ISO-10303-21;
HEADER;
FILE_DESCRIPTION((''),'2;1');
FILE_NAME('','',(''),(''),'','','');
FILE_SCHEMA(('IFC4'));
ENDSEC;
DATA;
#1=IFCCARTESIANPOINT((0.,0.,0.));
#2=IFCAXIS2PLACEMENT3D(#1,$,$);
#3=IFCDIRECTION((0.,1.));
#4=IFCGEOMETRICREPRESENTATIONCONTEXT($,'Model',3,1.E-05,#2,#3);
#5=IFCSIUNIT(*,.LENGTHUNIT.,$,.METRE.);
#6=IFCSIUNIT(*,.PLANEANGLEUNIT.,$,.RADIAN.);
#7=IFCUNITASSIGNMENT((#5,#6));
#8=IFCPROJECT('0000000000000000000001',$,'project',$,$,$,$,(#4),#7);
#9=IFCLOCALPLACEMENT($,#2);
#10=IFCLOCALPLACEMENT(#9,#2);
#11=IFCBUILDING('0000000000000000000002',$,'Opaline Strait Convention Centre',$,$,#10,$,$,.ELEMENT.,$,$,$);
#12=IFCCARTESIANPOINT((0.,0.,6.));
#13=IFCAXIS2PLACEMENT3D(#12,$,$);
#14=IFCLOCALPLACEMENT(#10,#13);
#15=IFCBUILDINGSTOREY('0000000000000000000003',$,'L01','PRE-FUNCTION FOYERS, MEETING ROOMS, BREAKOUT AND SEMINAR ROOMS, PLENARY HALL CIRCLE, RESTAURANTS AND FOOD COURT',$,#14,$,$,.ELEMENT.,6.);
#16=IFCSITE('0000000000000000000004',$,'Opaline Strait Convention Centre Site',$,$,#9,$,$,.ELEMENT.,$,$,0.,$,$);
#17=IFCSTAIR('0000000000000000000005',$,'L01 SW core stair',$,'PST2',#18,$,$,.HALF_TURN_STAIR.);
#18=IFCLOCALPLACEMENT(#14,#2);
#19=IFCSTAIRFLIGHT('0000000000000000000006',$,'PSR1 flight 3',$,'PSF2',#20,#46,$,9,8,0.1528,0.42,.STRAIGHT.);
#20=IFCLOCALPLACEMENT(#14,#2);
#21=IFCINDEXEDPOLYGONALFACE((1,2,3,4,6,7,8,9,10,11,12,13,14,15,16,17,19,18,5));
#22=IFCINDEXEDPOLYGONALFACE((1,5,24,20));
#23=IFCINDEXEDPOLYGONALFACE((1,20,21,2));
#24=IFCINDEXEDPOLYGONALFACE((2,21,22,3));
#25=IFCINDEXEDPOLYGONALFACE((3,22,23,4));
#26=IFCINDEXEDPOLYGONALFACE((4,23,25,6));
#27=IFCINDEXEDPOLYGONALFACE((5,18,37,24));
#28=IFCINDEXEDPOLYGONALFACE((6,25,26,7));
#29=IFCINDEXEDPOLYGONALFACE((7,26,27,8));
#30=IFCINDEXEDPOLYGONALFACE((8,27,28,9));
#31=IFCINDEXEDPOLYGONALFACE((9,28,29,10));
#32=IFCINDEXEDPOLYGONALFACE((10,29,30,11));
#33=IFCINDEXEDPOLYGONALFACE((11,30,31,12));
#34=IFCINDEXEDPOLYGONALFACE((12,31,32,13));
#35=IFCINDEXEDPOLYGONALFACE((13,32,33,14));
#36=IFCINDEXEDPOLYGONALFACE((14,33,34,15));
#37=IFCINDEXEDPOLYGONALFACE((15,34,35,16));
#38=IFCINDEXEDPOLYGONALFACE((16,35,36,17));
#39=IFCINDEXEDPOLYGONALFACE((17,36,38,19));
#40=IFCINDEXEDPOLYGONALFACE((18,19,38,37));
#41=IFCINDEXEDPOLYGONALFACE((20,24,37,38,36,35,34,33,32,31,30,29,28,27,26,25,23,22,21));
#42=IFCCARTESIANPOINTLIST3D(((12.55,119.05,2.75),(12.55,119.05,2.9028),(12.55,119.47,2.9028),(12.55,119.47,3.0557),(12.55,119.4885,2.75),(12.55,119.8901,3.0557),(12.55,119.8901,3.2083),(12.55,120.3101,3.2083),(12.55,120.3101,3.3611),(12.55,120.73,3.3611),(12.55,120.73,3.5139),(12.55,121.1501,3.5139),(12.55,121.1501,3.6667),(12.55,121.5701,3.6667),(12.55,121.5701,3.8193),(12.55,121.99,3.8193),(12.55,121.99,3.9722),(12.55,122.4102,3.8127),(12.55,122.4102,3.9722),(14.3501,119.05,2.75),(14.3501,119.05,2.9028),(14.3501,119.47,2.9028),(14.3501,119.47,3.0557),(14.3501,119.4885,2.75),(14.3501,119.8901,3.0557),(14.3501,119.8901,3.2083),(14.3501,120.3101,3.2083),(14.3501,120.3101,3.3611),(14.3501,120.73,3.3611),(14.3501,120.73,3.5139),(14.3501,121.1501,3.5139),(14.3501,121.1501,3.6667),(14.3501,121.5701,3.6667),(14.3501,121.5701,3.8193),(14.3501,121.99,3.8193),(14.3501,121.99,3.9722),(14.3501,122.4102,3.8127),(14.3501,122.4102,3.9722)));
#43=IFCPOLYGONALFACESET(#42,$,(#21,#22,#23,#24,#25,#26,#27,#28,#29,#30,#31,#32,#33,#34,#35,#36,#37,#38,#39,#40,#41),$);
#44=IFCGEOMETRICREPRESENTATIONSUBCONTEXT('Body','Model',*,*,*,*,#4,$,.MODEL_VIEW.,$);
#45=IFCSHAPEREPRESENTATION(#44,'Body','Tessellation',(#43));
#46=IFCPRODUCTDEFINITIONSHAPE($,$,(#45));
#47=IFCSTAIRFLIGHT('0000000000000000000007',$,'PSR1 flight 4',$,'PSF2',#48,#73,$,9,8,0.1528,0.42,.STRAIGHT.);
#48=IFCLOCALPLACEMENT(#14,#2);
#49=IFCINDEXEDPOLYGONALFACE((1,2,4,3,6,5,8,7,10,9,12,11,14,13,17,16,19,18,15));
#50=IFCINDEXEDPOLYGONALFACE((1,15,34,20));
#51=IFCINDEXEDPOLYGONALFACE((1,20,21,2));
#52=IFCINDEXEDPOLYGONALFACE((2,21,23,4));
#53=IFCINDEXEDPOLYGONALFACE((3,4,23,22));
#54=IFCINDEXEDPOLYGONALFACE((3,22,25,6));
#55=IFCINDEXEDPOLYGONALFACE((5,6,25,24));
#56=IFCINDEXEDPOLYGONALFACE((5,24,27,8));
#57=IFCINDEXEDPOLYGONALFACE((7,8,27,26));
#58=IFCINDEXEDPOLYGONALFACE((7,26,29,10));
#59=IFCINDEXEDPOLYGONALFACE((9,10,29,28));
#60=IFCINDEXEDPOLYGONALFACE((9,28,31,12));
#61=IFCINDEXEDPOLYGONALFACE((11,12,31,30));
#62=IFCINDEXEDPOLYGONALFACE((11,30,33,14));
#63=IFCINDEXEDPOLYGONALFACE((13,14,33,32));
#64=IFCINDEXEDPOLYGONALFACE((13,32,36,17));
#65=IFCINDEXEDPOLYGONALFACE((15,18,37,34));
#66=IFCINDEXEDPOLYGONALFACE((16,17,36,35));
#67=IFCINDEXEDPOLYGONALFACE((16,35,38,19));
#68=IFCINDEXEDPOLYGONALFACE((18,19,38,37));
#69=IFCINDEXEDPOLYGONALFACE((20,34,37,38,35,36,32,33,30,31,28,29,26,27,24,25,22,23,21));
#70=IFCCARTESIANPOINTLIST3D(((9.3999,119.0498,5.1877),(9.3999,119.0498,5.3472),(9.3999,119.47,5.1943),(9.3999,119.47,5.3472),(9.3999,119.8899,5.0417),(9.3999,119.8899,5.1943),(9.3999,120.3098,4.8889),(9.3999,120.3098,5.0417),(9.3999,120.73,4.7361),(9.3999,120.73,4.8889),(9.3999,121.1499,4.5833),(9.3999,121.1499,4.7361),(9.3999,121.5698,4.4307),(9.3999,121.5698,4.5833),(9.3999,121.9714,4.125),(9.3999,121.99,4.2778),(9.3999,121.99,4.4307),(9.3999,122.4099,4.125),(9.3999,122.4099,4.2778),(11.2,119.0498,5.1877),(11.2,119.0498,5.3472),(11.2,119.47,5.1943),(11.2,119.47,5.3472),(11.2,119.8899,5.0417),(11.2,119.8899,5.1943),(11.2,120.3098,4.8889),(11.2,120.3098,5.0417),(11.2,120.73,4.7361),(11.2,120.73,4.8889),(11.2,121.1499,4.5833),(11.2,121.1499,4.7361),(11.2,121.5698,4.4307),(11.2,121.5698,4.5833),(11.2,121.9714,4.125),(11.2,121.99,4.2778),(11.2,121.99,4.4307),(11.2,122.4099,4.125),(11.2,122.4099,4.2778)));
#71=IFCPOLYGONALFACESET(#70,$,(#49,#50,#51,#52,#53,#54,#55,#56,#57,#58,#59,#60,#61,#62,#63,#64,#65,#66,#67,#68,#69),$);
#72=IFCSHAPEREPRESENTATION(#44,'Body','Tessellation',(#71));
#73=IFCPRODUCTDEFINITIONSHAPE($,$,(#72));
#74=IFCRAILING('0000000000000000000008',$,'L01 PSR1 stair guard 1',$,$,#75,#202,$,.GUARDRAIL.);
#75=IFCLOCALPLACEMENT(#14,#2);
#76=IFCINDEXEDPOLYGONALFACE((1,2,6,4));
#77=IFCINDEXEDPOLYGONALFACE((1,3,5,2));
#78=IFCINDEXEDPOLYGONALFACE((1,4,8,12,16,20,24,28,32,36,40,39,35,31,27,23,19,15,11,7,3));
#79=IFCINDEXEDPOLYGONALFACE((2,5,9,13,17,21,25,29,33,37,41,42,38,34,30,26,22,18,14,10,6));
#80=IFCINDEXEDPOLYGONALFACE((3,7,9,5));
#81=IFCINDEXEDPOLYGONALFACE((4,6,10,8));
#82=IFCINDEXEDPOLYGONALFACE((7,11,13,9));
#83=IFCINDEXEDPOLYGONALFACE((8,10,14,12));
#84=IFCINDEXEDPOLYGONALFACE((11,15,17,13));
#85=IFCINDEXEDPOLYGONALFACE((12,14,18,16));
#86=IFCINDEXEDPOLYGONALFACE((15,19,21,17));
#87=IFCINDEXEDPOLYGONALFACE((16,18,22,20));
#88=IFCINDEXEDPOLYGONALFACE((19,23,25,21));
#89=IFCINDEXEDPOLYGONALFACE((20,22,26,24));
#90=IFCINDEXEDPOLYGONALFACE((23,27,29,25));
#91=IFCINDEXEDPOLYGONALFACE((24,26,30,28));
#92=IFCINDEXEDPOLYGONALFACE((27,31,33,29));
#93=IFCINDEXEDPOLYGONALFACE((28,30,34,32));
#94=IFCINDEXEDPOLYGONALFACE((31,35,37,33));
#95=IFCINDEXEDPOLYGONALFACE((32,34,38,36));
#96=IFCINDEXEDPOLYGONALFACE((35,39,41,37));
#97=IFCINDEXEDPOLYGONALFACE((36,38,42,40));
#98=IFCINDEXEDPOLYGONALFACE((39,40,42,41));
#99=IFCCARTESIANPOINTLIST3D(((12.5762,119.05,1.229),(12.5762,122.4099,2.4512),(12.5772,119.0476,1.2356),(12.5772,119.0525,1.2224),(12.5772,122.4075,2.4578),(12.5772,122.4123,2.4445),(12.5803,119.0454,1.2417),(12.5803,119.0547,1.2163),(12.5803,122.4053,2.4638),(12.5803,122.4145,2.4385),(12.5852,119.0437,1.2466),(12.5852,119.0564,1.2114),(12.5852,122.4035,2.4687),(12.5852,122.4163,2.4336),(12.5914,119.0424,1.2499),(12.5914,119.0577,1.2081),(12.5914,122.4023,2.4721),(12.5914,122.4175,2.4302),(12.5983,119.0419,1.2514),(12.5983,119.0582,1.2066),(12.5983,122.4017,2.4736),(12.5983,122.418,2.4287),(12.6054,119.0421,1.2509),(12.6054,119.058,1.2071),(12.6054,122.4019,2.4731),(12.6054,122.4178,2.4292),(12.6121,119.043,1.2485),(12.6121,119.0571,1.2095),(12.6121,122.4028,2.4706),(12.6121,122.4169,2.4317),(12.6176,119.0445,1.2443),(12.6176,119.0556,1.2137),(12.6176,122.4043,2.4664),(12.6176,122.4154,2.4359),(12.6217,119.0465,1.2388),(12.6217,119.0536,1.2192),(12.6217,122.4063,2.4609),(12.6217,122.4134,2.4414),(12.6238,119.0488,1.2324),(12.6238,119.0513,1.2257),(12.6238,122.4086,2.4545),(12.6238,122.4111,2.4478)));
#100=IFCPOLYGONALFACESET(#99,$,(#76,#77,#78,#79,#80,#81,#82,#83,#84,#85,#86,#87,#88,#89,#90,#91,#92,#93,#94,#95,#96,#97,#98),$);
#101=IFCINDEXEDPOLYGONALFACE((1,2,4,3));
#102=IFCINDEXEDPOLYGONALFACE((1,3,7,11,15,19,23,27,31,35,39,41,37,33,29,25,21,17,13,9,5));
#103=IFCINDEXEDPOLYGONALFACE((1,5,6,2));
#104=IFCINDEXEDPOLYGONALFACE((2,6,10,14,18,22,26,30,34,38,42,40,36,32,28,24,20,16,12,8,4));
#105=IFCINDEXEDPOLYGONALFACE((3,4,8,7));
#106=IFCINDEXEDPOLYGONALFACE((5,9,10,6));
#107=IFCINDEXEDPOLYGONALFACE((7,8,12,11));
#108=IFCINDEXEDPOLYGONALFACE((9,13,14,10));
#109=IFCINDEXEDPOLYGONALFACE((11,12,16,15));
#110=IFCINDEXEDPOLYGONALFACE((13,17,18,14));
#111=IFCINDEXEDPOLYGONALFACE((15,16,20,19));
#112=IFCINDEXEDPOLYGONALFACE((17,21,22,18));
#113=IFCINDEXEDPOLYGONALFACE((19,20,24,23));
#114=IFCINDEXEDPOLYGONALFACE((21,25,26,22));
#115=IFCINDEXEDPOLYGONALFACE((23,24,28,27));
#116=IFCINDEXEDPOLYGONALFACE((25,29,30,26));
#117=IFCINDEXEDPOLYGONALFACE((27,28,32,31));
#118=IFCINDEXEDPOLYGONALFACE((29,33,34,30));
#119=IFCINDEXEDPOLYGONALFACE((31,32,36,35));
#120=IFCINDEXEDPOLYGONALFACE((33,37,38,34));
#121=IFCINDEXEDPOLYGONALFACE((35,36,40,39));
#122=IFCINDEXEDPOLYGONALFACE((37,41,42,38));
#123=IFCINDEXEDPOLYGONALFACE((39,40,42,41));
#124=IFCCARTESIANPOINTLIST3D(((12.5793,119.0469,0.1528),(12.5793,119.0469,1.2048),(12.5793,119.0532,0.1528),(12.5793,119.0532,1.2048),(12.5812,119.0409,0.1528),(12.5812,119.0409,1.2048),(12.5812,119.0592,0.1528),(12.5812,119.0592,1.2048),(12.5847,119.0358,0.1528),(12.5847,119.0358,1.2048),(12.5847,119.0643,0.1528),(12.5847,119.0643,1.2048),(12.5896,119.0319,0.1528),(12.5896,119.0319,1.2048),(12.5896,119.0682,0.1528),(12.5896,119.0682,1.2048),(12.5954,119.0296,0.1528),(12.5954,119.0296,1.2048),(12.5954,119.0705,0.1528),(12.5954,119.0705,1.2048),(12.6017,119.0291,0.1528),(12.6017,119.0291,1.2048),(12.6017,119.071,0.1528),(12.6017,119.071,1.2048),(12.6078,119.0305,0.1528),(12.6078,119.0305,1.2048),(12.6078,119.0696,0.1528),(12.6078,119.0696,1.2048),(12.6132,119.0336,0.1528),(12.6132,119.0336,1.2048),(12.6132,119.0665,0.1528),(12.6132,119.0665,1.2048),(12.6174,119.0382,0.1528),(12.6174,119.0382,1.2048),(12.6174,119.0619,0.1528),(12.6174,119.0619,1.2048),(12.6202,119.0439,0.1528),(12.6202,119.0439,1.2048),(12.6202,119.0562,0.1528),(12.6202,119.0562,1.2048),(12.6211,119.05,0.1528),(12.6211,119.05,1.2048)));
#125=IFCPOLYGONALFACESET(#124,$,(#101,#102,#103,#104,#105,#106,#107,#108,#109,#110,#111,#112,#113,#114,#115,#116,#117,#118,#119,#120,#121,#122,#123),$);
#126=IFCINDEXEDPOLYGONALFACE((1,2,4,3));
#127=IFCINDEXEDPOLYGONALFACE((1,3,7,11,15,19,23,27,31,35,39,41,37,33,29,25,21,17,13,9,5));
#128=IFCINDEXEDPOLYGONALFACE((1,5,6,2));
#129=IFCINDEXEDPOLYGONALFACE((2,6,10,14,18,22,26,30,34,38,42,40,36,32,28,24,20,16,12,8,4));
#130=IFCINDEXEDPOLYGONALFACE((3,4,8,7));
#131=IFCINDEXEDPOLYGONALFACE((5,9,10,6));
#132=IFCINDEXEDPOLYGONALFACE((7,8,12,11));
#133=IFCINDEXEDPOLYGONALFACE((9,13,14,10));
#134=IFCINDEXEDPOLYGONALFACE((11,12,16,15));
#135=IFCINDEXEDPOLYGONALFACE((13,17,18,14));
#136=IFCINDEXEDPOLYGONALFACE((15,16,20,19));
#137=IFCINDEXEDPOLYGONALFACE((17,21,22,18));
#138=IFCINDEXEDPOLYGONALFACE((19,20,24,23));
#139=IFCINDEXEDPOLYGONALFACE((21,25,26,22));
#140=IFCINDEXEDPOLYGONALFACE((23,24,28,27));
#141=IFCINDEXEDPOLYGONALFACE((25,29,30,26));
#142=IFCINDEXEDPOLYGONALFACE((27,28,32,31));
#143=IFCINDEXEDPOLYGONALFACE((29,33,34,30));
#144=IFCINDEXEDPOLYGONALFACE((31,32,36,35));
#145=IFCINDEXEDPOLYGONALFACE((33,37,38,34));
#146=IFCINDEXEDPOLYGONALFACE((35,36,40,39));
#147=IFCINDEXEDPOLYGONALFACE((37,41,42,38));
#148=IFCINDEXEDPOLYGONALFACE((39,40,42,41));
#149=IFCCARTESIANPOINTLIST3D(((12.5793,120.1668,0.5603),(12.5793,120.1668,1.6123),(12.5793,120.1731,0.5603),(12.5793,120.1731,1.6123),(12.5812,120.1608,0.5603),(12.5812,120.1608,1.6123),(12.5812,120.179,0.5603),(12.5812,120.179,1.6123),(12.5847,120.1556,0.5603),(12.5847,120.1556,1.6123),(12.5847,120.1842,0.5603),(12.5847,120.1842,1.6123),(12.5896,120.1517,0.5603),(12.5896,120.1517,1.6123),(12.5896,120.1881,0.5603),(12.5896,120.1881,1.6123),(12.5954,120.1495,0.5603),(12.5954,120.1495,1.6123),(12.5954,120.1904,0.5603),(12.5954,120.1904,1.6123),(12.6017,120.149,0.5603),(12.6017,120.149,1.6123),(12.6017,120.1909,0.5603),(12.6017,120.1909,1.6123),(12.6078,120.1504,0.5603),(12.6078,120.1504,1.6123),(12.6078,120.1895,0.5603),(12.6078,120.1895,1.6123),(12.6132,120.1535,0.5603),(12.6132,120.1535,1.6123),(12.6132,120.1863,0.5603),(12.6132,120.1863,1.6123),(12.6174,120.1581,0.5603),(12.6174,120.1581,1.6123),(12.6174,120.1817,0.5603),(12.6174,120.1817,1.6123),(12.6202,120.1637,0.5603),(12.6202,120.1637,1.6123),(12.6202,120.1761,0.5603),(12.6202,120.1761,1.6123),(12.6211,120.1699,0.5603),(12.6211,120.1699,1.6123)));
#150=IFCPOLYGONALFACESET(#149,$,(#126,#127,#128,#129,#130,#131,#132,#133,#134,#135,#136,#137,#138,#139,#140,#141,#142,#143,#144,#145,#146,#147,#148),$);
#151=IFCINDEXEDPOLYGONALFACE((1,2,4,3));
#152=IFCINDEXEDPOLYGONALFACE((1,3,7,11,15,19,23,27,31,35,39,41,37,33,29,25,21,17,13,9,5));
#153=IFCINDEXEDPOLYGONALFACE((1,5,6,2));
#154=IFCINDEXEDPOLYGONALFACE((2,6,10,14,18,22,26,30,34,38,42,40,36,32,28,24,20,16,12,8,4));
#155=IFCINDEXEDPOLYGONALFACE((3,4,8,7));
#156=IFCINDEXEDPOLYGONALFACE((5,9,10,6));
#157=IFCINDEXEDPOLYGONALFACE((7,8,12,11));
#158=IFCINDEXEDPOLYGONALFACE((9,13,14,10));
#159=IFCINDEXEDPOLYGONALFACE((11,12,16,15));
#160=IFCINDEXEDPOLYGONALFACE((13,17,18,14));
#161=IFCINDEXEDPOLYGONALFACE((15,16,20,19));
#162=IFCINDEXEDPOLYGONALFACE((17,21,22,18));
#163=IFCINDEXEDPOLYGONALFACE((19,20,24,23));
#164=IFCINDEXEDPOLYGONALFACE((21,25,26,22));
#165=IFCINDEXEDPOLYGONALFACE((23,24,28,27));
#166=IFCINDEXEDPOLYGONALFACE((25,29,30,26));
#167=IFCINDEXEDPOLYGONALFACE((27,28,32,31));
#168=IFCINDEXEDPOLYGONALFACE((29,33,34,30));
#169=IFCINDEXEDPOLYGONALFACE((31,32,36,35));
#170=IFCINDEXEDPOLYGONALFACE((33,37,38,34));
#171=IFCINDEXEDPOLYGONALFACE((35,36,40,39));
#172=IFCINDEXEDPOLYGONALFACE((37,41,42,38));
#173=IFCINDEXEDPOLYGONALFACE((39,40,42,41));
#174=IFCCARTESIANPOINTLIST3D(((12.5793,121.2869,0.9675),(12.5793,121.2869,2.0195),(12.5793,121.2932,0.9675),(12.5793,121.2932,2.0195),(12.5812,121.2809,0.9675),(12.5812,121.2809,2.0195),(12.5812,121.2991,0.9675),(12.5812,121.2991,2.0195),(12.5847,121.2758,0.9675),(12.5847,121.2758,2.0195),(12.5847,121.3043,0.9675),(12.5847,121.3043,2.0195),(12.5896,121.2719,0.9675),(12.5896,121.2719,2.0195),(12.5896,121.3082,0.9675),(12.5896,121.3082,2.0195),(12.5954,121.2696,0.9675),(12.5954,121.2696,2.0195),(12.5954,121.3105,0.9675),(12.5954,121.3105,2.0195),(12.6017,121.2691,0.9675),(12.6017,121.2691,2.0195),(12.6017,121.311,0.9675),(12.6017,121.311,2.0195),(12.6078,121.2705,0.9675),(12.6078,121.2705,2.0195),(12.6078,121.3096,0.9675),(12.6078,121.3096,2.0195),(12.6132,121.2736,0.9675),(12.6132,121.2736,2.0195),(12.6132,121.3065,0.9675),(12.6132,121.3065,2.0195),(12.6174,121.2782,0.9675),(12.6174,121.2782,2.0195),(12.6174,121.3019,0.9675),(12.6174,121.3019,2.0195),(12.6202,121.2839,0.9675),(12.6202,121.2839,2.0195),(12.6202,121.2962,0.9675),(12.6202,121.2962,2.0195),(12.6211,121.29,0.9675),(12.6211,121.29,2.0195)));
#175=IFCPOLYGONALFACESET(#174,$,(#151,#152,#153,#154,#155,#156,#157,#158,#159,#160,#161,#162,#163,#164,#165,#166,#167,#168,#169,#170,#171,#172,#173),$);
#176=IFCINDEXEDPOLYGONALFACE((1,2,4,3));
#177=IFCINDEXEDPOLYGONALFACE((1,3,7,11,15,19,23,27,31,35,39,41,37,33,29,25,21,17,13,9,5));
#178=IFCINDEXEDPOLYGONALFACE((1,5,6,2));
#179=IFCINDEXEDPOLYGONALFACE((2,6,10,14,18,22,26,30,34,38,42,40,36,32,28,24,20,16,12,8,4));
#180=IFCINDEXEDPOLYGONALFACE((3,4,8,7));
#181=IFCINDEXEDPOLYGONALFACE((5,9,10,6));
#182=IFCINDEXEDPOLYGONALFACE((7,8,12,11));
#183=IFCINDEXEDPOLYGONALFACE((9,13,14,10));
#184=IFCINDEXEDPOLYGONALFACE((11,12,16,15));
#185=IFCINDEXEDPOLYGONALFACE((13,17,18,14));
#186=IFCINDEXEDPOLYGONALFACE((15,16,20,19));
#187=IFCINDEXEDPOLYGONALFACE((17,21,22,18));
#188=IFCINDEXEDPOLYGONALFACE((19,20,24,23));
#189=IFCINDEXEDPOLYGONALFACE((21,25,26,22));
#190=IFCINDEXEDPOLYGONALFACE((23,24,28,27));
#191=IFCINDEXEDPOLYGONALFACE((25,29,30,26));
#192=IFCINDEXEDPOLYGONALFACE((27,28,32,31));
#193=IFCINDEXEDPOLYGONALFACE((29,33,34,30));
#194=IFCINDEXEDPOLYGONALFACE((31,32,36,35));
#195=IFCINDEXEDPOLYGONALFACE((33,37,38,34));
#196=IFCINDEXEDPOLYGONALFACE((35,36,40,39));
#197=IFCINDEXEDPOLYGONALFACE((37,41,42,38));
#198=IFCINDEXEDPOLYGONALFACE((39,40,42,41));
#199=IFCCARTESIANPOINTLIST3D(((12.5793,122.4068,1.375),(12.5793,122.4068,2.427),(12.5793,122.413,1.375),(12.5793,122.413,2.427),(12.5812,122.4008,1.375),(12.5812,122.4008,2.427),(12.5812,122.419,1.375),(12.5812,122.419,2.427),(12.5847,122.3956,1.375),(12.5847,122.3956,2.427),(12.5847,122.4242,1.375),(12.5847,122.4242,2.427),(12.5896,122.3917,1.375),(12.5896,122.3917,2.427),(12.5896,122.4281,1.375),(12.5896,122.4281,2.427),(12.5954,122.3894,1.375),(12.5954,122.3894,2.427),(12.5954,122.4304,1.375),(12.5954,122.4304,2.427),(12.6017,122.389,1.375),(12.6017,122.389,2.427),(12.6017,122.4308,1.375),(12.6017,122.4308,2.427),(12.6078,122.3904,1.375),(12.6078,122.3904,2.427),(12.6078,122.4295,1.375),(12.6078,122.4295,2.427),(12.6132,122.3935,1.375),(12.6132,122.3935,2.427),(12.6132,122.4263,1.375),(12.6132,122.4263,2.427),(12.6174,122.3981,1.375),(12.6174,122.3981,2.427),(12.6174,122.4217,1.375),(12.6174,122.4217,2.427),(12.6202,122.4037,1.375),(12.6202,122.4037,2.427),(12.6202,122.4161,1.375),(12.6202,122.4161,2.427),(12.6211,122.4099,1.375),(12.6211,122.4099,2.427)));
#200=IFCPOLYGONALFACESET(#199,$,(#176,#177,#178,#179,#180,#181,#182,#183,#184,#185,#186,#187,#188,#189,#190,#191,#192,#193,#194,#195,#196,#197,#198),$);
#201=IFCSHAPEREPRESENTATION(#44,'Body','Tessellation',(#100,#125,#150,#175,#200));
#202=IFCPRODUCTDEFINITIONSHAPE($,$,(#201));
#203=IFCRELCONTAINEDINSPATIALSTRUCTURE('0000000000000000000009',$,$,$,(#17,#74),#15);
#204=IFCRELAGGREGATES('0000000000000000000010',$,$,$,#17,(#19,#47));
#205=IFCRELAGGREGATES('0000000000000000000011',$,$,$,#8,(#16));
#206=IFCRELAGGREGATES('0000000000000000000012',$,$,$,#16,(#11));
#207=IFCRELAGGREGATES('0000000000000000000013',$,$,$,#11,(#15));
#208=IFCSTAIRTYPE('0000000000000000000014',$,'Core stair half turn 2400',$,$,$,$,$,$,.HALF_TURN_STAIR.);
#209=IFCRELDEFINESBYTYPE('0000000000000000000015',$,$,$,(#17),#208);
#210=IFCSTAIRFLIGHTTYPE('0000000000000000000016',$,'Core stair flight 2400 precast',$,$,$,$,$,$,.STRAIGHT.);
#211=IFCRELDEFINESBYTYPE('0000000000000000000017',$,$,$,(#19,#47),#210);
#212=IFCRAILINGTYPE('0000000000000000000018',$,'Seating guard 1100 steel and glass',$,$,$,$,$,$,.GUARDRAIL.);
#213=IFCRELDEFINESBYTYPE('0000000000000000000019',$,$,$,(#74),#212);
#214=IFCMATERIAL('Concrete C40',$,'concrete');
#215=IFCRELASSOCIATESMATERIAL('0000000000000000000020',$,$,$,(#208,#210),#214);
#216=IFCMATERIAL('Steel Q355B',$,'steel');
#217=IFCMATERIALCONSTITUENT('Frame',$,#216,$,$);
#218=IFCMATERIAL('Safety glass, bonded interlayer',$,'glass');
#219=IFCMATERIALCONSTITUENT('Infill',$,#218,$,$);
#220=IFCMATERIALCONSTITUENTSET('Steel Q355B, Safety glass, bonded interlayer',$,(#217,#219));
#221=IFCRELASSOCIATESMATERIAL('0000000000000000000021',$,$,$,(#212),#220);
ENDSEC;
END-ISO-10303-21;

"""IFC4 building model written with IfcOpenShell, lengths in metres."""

from ifc_helpers import new_model, si_unit, direction, frame, origin, origin_2d, place, context, subcontext, project, spatial, polyline, circle, outline, extrude, material, constituent, constituent_set, type_object, element, aggregate, save


model = new_model("IFC4")

# Units and contexts
model_context = context("Model", 3, precision=1e-05, world=origin(), true_north=direction((0.0, 1.0)))
body_context = subcontext(model_context, "Body", "Model", "MODEL_VIEW")
ifc_project = project(units=[si_unit("LENGTHUNIT", "METRE"), si_unit("PLANEANGLEUNIT", "RADIAN")], contexts=[model_context])

# Site, building, storey
site_placement = place(None, origin())
site = spatial("IfcSite", under=ifc_project, at=site_placement, Name="Opaline Strait Convention Centre Site", CompositionType="ELEMENT", RefElevation=0.0)
building_placement = place(site_placement, origin())
building = spatial("IfcBuilding", under=site, at=building_placement, Name="Opaline Strait Convention Centre", CompositionType="ELEMENT")
storey_placement = place(building_placement, frame((0.0, 0.0, 6.0)))
storey = spatial("IfcBuildingStorey", under=building, at=storey_placement, Name="L01", Description="PRE-FUNCTION FOYERS, MEETING ROOMS, BREAKOUT AND SEMINAR ROOMS, PLENARY HALL CIRCLE, RESTAURANTS AND FOOD COURT", CompositionType="ELEMENT", Elevation=6.0)

# Shared definitions
ifc_material_1 = material(Name="Concrete C40", Category="concrete")

# Stair, stair flights
stair_type = type_object("IfcStairType", Name="Core stair half turn 2400", PredefinedType="HALF_TURN_STAIR", material=ifc_material_1)
stair_placement = place(storey_placement, origin())
stair = element("IfcStair", 1, at=stair_placement, inside=storey, type_object=stair_type, Name="L01 SW core stair", ObjectType="PST2", PredefinedType="HALF_TURN_STAIR")
stair_flight_type = type_object("IfcStairFlightType", Name="Core stair flight 2400 precast", PredefinedType="STRAIGHT", material=ifc_material_1)
stair_flight_1_placement = place(storey_placement, frame((13.45, 119.05, 2.75), z_axis=(0.0, 0.0, 1.0), x_axis=(0.0, 1.0, 0.0)))
stair_flight_1 = element("IfcStairFlight", 2, at=stair_flight_1_placement, type_object=stair_flight_type, Name="PSR1 flight 3", ObjectType="PSF2", NumberOfRisers=9, NumberOfTreads=8, PredefinedType="STRAIGHT", RiserHeight=0.1528, TreadLength=0.42, context=body_context, shape_type="SweptSolid", body=[
    extrude(outline(polyline([(0.0, 0.0), (0.0, 0.1528), (0.4199, 0.1528), (0.4199, 0.3057), (0.8401, 0.3057), (0.8401, 0.4583), (1.26, 0.4583), (1.26, 0.6111), (1.6799, 0.6111), (1.6799, 0.7639), (2.1001, 0.7639), (2.1001, 0.9167), (2.52, 0.9167), (2.52, 1.0693), (2.9399, 1.0693), (2.9399, 1.2222), (3.3601, 1.2222), (3.3601, 1.375), (3.3601, 1.0627), (0.4385, 0.0), (0.0, 0.0)])), frame((0.0, 0.8999, 0.0), z_axis=(0.0, -1.0, 0.0), x_axis=(1.0, 0.0, 0.0)), (0.0, 0.0, 1.0), 1.8),
])
stair_flight_2_placement = place(storey_placement, frame((10.3, 122.4099, 4.125), z_axis=(0.0, 0.0, 1.0), x_axis=(0.0, -1.0, 0.0)))
stair_flight_2 = element("IfcStairFlight", 3, at=stair_flight_2_placement, type_object=stair_flight_type, Name="PSR1 flight 4", ObjectType="PSF2", NumberOfRisers=9, NumberOfTreads=8, PredefinedType="STRAIGHT", RiserHeight=0.1528, TreadLength=0.42, context=body_context, shape_type="SweptSolid", body=[
    extrude(outline(polyline([(0.0, 0.0), (0.0, 0.1528), (0.4199, 0.1528), (0.4199, 0.3057), (0.8401, 0.3057), (0.8401, 0.4583), (1.26, 0.4583), (1.26, 0.6111), (1.6799, 0.6111), (1.6799, 0.7639), (2.1001, 0.7639), (2.1001, 0.9167), (2.52, 0.9167), (2.52, 1.0693), (2.9399, 1.0693), (2.9399, 1.2222), (3.3601, 1.2222), (3.3601, 1.375), (3.3601, 1.0627), (0.4385, 0.0), (0.0, 0.0)])), frame((0.0, 0.8999, 0.0), z_axis=(0.0, -1.0, 0.0), x_axis=(1.0, 0.0, 0.0)), (0.0, 0.0, 1.0), 1.8),
])
aggregate(stair, [stair_flight_1, stair_flight_2])

# Railing
ifc_material_2 = material(Name="Steel Q355B", Category="steel")
ifc_constituent_1 = constituent(ifc_material_2, Name="Frame")
ifc_material_3 = material(Name="Safety glass, bonded interlayer", Category="glass")
ifc_constituent_2 = constituent(ifc_material_3, Name="Infill")
ifc_constituent_set = constituent_set(constituents=[ifc_constituent_1, ifc_constituent_2], Name="Steel Q355B, Safety glass, bonded interlayer")
railing_type_1 = type_object("IfcRailingType", Name="Seating guard 1100 steel and glass", PredefinedType="GUARDRAIL", material=ifc_constituent_set)
railing_1_placement = place(storey_placement, frame((12.6001, 119.05, 0.1528)))
element("IfcRailing", 4, at=railing_1_placement, inside=storey, type_object=railing_type_1, Name="L01 PSR1 stair guard 1", PredefinedType="GUARDRAIL", context=body_context, shape_type="SweptSolid", body=[
    extrude(circle(Radius=0.0239, at=origin_2d()), frame((0.0, 0.0, 1.0762), z_axis=(0.0, 0.939758, 0.341842), x_axis=(-1.0, 0.0, 0.0)), (0.0, 0.0, 1.0), 3.5752),
    extrude(circle(Radius=0.021, at=origin_2d()), origin(), (0.0, 0.0, 1.0), 1.052),
    extrude(circle(Radius=0.021, at=origin_2d()), frame((0.0, 1.1199, 0.4075)), (0.0, 0.0, 1.0), 1.052),
    extrude(circle(Radius=0.021, at=origin_2d()), frame((0.0, 2.24, 0.8147)), (0.0, 0.0, 1.0), 1.052),
    extrude(circle(Radius=0.021, at=origin_2d()), frame((0.0, 3.3599, 1.2222)), (0.0, 0.0, 1.0), 1.052),
])

save(model, "model.ifc")
